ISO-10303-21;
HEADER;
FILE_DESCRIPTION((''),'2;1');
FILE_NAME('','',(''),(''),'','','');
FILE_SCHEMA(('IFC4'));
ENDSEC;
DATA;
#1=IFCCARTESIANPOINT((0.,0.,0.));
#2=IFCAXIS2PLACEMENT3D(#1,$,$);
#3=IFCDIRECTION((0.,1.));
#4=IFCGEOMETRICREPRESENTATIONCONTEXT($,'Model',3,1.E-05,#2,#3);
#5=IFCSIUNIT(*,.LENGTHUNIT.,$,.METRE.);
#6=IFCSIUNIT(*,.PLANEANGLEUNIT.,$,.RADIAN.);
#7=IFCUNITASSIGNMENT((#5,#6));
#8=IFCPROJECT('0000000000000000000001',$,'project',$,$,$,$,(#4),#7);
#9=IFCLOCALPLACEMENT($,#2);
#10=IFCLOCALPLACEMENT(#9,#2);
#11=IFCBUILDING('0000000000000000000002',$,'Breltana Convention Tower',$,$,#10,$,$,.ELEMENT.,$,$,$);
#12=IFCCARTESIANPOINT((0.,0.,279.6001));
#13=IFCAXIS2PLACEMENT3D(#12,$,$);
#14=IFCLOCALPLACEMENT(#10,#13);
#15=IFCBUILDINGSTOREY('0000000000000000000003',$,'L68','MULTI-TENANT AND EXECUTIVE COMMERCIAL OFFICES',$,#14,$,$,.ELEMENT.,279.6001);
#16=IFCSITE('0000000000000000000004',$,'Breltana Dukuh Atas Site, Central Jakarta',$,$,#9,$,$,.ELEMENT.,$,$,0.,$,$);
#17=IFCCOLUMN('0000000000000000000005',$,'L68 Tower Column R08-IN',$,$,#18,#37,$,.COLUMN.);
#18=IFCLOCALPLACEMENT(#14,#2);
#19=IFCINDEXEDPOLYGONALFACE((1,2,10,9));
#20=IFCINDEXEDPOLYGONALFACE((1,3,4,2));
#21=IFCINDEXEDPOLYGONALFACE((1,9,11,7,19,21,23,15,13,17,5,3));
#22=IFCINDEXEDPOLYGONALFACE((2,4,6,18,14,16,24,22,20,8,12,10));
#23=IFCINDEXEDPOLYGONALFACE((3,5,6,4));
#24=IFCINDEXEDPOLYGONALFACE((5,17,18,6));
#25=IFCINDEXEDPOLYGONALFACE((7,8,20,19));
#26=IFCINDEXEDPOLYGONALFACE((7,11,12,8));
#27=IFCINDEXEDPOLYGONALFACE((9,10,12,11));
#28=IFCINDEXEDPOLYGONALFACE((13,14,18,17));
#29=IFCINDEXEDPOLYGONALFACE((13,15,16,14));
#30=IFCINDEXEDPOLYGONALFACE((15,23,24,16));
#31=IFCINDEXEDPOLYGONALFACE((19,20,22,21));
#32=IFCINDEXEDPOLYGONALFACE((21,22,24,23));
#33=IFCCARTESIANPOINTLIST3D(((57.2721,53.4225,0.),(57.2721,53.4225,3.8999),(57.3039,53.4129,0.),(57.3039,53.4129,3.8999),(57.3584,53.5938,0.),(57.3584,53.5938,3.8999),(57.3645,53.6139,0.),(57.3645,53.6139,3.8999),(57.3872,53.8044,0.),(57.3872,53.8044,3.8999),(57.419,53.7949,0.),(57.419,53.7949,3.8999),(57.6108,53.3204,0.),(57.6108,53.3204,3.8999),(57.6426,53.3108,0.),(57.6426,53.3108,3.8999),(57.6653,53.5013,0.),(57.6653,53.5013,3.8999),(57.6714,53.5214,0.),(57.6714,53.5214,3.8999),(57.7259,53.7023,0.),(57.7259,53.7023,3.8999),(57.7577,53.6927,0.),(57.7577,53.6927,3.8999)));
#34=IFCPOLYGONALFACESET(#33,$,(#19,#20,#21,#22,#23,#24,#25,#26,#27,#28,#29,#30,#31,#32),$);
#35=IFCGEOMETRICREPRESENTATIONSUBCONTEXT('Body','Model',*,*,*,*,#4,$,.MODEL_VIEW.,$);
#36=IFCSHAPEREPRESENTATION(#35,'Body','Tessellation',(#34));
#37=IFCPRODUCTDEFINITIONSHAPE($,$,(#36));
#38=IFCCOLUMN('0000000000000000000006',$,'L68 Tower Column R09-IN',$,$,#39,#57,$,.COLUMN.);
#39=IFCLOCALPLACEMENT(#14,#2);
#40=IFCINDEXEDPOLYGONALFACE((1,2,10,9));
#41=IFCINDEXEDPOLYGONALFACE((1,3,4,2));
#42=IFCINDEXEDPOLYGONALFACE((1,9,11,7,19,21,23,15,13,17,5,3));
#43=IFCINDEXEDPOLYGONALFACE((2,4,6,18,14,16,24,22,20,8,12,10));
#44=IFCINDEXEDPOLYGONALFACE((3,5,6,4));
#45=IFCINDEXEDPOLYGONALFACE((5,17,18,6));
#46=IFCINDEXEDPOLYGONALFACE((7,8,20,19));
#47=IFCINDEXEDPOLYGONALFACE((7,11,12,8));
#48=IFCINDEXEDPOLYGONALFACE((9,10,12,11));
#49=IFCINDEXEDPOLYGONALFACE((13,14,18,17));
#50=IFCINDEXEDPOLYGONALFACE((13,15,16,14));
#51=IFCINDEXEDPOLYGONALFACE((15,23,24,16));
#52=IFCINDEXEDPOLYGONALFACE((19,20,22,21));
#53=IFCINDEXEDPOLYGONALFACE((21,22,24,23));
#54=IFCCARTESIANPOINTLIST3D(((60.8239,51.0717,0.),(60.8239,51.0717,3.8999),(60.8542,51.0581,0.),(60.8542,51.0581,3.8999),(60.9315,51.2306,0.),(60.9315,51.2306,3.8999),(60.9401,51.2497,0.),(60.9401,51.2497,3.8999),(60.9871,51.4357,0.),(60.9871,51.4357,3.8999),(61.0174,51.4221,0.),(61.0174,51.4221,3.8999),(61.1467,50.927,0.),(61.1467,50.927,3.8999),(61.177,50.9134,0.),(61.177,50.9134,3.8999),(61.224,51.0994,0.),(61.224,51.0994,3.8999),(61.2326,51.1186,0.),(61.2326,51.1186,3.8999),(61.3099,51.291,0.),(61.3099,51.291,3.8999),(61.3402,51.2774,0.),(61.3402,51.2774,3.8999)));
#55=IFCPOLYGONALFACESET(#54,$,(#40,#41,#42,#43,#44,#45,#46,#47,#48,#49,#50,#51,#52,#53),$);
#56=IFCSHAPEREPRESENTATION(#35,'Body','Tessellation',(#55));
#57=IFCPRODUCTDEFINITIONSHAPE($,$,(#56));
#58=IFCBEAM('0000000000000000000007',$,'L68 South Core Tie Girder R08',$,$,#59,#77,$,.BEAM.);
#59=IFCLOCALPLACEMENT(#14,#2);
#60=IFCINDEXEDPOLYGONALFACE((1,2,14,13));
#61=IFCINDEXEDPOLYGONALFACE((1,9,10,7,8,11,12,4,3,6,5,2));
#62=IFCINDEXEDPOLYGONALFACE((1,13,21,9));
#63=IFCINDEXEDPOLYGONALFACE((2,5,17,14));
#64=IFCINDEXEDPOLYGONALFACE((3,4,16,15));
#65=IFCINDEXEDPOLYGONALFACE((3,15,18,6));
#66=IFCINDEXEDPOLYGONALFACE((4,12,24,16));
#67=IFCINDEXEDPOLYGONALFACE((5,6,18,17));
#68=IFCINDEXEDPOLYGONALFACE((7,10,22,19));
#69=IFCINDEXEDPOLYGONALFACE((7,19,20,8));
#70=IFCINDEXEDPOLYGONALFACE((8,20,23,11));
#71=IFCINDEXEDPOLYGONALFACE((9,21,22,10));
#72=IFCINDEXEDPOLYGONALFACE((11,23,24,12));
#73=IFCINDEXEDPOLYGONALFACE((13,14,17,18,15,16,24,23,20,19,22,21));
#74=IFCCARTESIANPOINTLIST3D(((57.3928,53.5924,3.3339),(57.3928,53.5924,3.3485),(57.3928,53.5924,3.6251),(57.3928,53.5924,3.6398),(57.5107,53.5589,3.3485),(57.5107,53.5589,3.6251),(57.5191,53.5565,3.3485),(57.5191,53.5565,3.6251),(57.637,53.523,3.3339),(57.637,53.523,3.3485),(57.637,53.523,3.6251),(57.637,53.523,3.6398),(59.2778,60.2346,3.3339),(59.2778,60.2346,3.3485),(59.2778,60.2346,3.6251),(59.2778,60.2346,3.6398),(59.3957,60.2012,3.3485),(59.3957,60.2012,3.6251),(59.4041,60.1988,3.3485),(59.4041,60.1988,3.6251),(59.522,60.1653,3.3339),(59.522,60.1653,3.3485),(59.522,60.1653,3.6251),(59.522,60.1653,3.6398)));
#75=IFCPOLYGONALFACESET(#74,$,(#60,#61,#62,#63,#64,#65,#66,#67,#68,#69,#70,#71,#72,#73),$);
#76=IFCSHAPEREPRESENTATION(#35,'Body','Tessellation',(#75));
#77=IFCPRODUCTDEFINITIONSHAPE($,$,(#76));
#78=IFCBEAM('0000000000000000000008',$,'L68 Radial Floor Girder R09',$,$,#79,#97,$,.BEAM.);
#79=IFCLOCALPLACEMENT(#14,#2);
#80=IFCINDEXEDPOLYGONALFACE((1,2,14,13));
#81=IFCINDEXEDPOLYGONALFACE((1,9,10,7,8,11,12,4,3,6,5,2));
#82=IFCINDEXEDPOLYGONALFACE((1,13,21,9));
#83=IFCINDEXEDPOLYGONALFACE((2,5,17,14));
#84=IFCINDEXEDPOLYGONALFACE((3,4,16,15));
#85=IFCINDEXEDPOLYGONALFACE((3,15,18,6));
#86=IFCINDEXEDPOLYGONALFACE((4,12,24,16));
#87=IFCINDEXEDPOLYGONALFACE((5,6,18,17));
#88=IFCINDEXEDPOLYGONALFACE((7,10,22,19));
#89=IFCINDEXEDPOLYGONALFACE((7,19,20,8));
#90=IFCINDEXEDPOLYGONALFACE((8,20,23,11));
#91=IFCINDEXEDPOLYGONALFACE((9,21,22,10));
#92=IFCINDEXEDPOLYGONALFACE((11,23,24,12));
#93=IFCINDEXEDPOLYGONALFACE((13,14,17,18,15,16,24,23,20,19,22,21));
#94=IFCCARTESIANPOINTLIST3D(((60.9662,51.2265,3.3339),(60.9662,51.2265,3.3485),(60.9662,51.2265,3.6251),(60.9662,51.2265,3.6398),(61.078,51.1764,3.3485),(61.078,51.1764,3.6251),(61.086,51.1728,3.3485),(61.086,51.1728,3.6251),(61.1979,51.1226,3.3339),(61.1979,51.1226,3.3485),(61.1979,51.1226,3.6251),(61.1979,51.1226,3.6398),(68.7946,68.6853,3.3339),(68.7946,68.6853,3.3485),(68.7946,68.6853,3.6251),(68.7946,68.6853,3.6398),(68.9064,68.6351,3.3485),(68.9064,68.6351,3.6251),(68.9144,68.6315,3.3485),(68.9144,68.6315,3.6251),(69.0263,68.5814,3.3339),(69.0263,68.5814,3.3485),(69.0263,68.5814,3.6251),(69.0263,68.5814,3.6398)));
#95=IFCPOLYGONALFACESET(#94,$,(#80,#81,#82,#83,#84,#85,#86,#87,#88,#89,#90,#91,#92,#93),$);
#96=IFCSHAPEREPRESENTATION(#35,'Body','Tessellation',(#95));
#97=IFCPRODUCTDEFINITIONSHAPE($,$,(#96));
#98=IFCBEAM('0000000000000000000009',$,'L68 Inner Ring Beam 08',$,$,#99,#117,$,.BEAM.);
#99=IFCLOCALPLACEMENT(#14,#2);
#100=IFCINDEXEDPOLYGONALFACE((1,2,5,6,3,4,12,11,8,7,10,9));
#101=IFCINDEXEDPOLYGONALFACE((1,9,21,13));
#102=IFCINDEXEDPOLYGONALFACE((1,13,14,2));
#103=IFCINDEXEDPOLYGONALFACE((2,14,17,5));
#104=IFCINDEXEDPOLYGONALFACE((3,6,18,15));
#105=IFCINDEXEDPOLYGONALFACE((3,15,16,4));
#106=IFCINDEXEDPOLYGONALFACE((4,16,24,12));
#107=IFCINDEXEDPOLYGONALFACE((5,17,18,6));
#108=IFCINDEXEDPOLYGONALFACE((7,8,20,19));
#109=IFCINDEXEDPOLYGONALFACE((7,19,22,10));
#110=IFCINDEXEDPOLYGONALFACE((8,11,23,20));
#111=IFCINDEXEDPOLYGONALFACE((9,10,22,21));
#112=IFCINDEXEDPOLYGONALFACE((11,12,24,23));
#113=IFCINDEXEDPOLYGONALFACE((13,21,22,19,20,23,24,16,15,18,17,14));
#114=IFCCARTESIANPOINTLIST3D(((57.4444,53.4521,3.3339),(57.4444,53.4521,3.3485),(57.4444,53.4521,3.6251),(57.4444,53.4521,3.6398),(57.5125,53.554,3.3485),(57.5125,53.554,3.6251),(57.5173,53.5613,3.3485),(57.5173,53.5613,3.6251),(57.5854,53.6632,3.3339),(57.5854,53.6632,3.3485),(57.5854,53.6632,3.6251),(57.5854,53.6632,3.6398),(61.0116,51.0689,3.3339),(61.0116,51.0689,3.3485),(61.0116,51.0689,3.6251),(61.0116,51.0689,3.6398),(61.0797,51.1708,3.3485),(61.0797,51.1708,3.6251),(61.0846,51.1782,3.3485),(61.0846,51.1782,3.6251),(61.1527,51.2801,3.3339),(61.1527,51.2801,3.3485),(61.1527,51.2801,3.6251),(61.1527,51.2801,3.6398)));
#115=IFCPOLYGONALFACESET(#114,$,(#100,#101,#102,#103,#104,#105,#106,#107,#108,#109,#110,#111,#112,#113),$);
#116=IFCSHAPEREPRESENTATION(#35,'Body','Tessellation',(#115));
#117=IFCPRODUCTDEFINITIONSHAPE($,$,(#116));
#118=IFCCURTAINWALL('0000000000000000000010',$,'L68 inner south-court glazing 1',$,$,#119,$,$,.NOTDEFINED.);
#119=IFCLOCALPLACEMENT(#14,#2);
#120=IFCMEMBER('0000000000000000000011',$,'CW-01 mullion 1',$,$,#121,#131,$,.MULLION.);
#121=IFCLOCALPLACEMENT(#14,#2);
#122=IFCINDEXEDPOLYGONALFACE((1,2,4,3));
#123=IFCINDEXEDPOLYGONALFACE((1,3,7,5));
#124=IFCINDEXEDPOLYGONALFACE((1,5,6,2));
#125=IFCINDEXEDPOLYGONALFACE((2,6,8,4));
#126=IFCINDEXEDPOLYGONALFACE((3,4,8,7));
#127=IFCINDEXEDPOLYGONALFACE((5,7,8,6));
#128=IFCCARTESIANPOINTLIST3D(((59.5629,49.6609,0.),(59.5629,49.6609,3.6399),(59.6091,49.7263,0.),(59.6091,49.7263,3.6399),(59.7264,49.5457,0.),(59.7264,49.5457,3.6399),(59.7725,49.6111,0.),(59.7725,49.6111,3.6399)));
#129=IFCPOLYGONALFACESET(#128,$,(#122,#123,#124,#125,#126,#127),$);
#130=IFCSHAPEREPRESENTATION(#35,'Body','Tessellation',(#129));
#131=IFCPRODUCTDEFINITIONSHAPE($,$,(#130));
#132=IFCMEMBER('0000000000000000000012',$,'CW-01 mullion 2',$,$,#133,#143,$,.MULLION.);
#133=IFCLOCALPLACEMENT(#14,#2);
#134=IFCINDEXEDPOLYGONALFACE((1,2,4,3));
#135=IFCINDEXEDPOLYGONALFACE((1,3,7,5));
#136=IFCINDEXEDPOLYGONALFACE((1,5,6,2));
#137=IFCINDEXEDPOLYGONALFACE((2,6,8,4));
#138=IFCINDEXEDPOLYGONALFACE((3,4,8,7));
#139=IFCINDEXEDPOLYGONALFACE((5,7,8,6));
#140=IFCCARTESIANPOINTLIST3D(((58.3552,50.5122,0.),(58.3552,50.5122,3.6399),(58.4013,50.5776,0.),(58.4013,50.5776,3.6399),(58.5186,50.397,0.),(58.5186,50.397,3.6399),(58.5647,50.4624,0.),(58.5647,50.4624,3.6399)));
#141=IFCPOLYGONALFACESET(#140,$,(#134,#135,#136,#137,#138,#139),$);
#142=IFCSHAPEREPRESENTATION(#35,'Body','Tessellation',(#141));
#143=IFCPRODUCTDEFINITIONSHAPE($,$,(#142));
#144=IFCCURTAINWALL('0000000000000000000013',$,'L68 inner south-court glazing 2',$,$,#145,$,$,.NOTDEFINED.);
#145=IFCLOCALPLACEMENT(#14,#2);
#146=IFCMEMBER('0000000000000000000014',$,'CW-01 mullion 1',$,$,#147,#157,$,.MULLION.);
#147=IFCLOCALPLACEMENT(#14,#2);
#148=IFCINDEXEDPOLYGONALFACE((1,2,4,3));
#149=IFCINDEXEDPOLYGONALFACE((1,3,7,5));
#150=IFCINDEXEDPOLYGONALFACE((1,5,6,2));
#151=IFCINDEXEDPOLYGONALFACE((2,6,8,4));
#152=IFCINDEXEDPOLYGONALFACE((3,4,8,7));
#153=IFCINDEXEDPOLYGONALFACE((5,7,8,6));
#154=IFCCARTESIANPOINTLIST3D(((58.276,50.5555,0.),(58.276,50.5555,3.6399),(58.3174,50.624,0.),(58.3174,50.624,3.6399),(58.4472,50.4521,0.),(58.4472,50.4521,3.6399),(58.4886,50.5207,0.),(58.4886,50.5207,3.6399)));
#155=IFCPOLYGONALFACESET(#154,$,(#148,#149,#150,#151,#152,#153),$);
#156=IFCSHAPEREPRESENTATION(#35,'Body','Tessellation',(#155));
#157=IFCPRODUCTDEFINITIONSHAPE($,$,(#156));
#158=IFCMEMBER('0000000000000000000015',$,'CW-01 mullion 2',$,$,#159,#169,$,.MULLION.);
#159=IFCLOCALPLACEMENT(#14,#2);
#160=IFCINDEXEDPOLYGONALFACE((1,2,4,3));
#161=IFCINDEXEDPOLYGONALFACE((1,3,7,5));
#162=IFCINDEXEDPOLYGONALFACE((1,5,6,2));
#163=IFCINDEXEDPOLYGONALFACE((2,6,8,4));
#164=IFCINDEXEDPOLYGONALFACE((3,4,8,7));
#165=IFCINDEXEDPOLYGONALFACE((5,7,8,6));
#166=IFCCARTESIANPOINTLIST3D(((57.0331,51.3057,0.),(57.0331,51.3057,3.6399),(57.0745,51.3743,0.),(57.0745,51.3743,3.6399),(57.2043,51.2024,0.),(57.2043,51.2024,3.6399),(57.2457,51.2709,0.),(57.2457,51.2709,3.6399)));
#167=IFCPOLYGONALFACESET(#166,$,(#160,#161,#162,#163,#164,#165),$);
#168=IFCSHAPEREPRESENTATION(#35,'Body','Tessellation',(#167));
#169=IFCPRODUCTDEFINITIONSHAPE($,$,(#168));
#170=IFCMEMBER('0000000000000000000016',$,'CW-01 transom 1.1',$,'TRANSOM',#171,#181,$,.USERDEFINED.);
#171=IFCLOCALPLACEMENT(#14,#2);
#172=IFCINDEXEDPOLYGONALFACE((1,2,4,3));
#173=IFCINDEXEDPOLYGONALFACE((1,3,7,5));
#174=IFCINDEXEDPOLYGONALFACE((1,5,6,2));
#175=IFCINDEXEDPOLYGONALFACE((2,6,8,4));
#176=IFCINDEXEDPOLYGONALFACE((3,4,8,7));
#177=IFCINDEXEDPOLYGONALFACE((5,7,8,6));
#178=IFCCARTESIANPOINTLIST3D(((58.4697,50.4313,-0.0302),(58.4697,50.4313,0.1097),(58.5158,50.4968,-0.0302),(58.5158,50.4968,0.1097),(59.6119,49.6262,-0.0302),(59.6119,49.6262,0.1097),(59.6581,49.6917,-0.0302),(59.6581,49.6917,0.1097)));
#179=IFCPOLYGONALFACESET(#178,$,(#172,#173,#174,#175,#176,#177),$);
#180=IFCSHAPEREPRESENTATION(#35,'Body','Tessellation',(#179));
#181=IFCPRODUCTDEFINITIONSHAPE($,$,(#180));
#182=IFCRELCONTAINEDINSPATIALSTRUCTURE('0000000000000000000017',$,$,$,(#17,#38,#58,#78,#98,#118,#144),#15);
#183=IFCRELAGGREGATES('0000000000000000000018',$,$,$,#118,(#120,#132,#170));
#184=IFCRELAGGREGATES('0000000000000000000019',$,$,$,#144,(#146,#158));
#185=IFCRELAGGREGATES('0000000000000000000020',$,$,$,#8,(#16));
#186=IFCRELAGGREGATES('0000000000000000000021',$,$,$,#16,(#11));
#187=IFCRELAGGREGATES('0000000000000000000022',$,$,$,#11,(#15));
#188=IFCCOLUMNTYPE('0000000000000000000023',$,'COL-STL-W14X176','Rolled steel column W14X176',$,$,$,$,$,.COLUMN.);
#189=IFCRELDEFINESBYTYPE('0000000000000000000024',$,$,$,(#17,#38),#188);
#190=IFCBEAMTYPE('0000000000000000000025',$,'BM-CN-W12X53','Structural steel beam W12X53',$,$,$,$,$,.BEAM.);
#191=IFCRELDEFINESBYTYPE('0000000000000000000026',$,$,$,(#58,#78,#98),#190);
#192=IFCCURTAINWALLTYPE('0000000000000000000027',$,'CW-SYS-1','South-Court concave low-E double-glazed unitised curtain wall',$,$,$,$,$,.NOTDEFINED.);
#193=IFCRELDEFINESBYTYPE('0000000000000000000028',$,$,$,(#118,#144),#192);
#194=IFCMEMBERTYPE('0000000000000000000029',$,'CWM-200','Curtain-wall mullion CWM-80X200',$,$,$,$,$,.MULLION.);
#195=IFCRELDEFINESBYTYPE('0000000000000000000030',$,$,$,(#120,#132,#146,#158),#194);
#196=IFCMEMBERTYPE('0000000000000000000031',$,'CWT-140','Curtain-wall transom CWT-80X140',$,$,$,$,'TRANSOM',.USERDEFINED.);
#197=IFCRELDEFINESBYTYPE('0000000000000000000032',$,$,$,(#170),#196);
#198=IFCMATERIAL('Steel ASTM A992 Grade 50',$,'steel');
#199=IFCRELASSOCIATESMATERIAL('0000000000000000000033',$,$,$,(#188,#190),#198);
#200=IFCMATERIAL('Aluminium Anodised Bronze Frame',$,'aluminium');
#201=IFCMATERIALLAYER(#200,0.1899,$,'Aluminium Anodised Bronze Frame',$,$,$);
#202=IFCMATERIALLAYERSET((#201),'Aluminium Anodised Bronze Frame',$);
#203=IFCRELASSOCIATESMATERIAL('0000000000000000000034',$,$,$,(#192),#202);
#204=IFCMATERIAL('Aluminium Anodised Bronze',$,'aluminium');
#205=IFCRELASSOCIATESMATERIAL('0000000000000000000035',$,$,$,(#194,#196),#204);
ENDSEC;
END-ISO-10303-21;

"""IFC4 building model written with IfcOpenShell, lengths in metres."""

from ifc_helpers import new_model, si_unit, direction, frame, origin, origin_2d, place, context, subcontext, project, spatial, rectangle, i_section, extrude, source, transform, mapped, material, layer, layer_set, material_profile, profile_set, type_object, type_shapes, element, aggregate, save


model = new_model("IFC4")

# Units and contexts
model_context = context("Model", 3, precision=1e-05, world=origin(), true_north=direction((0.0, 1.0)))
body_context = subcontext(model_context, "Body", "Model", "MODEL_VIEW")
ifc_project = project(units=[si_unit("LENGTHUNIT", "METRE"), si_unit("PLANEANGLEUNIT", "RADIAN")], contexts=[model_context])

# Site, building, storey
site_placement = place(None, origin())
site = spatial("IfcSite", under=ifc_project, at=site_placement, Name="Breltana Dukuh Atas Site, Central Jakarta", CompositionType="ELEMENT", RefElevation=0.0)
building_placement = place(site_placement, origin())
building = spatial("IfcBuilding", under=site, at=building_placement, Name="Breltana Convention Tower", CompositionType="ELEMENT")
storey_placement = place(building_placement, frame((0.0, 0.0, 279.6001)))
storey = spatial("IfcBuildingStorey", under=building, at=storey_placement, Name="L68", Description="MULTI-TENANT AND EXECUTIVE COMMERCIAL OFFICES", CompositionType="ELEMENT", Elevation=279.6001)

# Columns
ifc_material_1 = material(Name="Steel ASTM A992 Grade 50", Category="steel")
ifc_material_profile_1 = material_profile(ifc_material_1, i_section(OverallWidth=0.3989, OverallDepth=0.387, WebThickness=0.021, FlangeThickness=0.0332, at=origin_2d()), Name="W14X176")
ifc_profile_set_1 = profile_set([ifc_material_profile_1], Name="Steel ASTM A992 Grade 50")
column_type = type_object("IfcColumnType", Name="COL-STL-W14X176", Description="Rolled steel column W14X176", PredefinedType="COLUMN", material=ifc_profile_set_1)
shared_shape_1 = source(origin(), body_context, "Body", "SweptSolid", [
    extrude(i_section(OverallWidth=0.3989, OverallDepth=0.387, WebThickness=0.021, FlangeThickness=0.0332, at=origin_2d()), origin(), (0.0, 0.0, 1.0), 3.8999),
])
type_shapes(column_type, [shared_shape_1])
for number, where, z_axis, x_axis, name in (
    (1, (57.5149, 53.5576, 0.0), (0.0, 0.0, 1.0), (0.288698, 0.95742, 0.0), "L68 Tower Column R08-IN"),
    (2, (61.082, 51.1746, 0.0), (0.0, 0.0, 1.0), (0.409127, 0.912477, 0.0), "L68 Tower Column R09-IN"),
):
    element("IfcColumn", number, at=place(storey_placement, frame(where, z_axis=z_axis, x_axis=x_axis)), inside=storey, type_object=column_type, Name=name, PredefinedType="COLUMN", context=body_context, shape_type="MappedRepresentation", body=[
        mapped(shared_shape_1, transform((0.0, 0.0, 0.0), scale=1.0)),
    ])

# Beams
ifc_material_profile_2 = material_profile(ifc_material_1, i_section(OverallWidth=0.2539, OverallDepth=0.3059, WebThickness=0.0088, FlangeThickness=0.0146, at=origin_2d()), Name="W12X53")
ifc_profile_set_2 = profile_set([ifc_material_profile_2], Name="Steel ASTM A992 Grade 50")
beam_type = type_object("IfcBeamType", Name="BM-CN-W12X53", Description="Structural steel beam W12X53", PredefinedType="BEAM", material=ifc_profile_set_2)
shared_shape_2 = source(origin(), body_context, "Body", "SweptSolid", [
    extrude(i_section(OverallWidth=0.2539, OverallDepth=0.3059, WebThickness=0.0088, FlangeThickness=0.0146, at=origin_2d()), origin(), (0.0, 0.0, 1.0), 6.9045),
])
beam_1_placement = place(storey_placement, frame((59.3999, 60.2, 3.4868), z_axis=(-0.273007, -0.962012, 0.0), x_axis=(0.962012, -0.273007, 0.0)))
element("IfcBeam", 3, at=beam_1_placement, inside=storey, type_object=beam_type, Name="L68 South Core Tie Girder R08", PredefinedType="BEAM", context=body_context, shape_type="MappedRepresentation", body=[
    mapped(shared_shape_2, transform((0.0, 0.0, 0.0), scale=1.0)),
])
shared_shape_3 = source(origin(), body_context, "Body", "SweptSolid", [
    extrude(i_section(OverallWidth=0.2539, OverallDepth=0.3059, WebThickness=0.0088, FlangeThickness=0.0146, at=origin_2d()), origin(), (0.0, 0.0, 1.0), 19.1335),
])
beam_2_placement = place(storey_placement, frame((61.082, 51.1746, 3.4868), z_axis=(0.409145, 0.91247, 0.0), x_axis=(-0.91247, 0.409145, 0.0)))
element("IfcBeam", 4, at=beam_2_placement, inside=storey, type_object=beam_type, Name="L68 Radial Floor Girder R09", PredefinedType="BEAM", context=body_context, shape_type="MappedRepresentation", body=[
    mapped(shared_shape_3, transform((0.0, 0.0, 0.0), scale=1.0)),
])
shared_shape_4 = source(origin(), body_context, "Body", "SweptSolid", [
    extrude(i_section(OverallWidth=0.2539, OverallDepth=0.3059, WebThickness=0.0088, FlangeThickness=0.0146, at=origin_2d()), origin(), (0.0, 0.0, 1.0), 4.29),
])
beam_3_placement = place(storey_placement, frame((57.5149, 53.5576, 3.4868), z_axis=(0.831516, -0.555501, 0.0), x_axis=(0.555501, 0.831516, 0.0)))
element("IfcBeam", 5, at=beam_3_placement, inside=storey, type_object=beam_type, Name="L68 Inner Ring Beam 08", PredefinedType="BEAM", context=body_context, shape_type="MappedRepresentation", body=[
    mapped(shared_shape_4, transform((0.0, 0.0, 0.0), scale=1.0)),
])

# Curtain walls, members
ifc_material_2 = material(Name="Aluminium Anodised Bronze Frame", Category="aluminium")
ifc_layer_1 = layer(ifc_material_2, 0.1899, Name="Aluminium Anodised Bronze Frame")
ifc_layer_set_1 = layer_set([ifc_layer_1], Name="Aluminium Anodised Bronze Frame")
curtain_wall_type = type_object("IfcCurtainWallType", Name="CW-SYS-1", Description="South-Court concave low-E double-glazed unitised curtain wall", PredefinedType="NOTDEFINED", material=ifc_layer_set_1)
curtain_wall_1_placement = place(storey_placement, origin())
curtain_wall_1 = element("IfcCurtainWall", 6, at=curtain_wall_1_placement, inside=storey, type_object=curtain_wall_type, Name="L68 inner south-court glazing 1", PredefinedType="NOTDEFINED")
ifc_material_3 = material(Name="Aluminium Anodised Bronze", Category="aluminium")
ifc_material_profile_3 = material_profile(ifc_material_3, rectangle(XDim=0.0801, YDim=0.2, at=origin_2d()), Name="CWM-80X200")
ifc_profile_set_3 = profile_set([ifc_material_profile_3], Name="Aluminium Anodised Bronze")
member_type_1 = type_object("IfcMemberType", Name="CWM-200", Description="Curtain-wall mullion CWM-80X200", PredefinedType="MULLION", material=ifc_profile_set_3)
shared_shape_5 = source(origin(), body_context, "Body", "SweptSolid", [
    extrude(rectangle(XDim=0.0801, YDim=0.2, at=origin_2d()), origin(), (0.0, 0.0, 1.0), 3.6399),
])
member_1_placement = place(storey_placement, frame((59.6677, 49.636, 0.0), z_axis=(0.0, 0.0, 1.0), x_axis=(-0.576174, -0.817327, 0.0)))
member_1 = element("IfcMember", 7, at=member_1_placement, type_object=member_type_1, Name="CW-01 mullion 1", PredefinedType="MULLION", context=body_context, shape_type="MappedRepresentation", body=[
    mapped(shared_shape_5, transform((0.0, 0.0, 0.0), scale=1.0)),
])
member_2_placement = place(storey_placement, frame((58.46, 50.4873, 0.0), z_axis=(0.0, 0.0, 1.0), x_axis=(-0.576174, -0.817327, 0.0)))
member_2 = element("IfcMember", 8, at=member_2_placement, type_object=member_type_1, Name="CW-01 mullion 2", PredefinedType="MULLION", context=body_context, shape_type="MappedRepresentation", body=[
    mapped(shared_shape_5, transform((0.0, 0.0, 0.0), scale=1.0)),
])
curtain_wall_2_placement = place(storey_placement, origin())
curtain_wall_2 = element("IfcCurtainWall", 9, at=curtain_wall_2_placement, inside=storey, type_object=curtain_wall_type, Name="L68 inner south-court glazing 2", PredefinedType="NOTDEFINED")
member_3_placement = place(storey_placement, frame((58.3823, 50.5381, 0.0), z_axis=(0.0, 0.0, 1.0), x_axis=(-0.516827, -0.85609, 0.0)))
member_3 = element("IfcMember", 10, at=member_3_placement, type_object=member_type_1, Name="CW-01 mullion 1", PredefinedType="MULLION", context=body_context, shape_type="MappedRepresentation", body=[
    mapped(shared_shape_5, transform((0.0, 0.0, 0.0), scale=1.0)),
])
member_4_placement = place(storey_placement, frame((57.1394, 51.2883, 0.0), z_axis=(0.0, 0.0, 1.0), x_axis=(-0.516827, -0.85609, 0.0)))
member_4 = element("IfcMember", 11, at=member_4_placement, type_object=member_type_1, Name="CW-01 mullion 2", PredefinedType="MULLION", context=body_context, shape_type="MappedRepresentation", body=[
    mapped(shared_shape_5, transform((0.0, 0.0, 0.0), scale=1.0)),
])

# Member
ifc_material_profile_4 = material_profile(ifc_material_3, rectangle(XDim=0.0801, YDim=0.1399, at=origin_2d()), Name="CWT-80X140")
ifc_profile_set_4 = profile_set([ifc_material_profile_4], Name="Aluminium Anodised Bronze")
member_type_2 = type_object("IfcMemberType", Name="CWT-140", Description="Curtain-wall transom CWT-80X140", ElementType="TRANSOM", PredefinedType="USERDEFINED", material=ifc_profile_set_4)
shared_shape_6 = source(origin(), body_context, "Body", "SweptSolid", [
    extrude(rectangle(XDim=0.0801, YDim=0.1399, at=origin_2d()), origin(), (0.0, 0.0, 1.0), 1.3975),
])
member_5_placement = place(storey_placement, frame((59.635, 49.6589, 0.0398), z_axis=(-0.817365, 0.576121, 0.0), x_axis=(-0.576121, -0.817365, 0.0)))
member_5 = element("IfcMember", 12, at=member_5_placement, type_object=member_type_2, Name="CW-01 transom 1.1", ObjectType="TRANSOM", PredefinedType="USERDEFINED", context=body_context, shape_type="MappedRepresentation", body=[
    mapped(shared_shape_6, transform((0.0, 0.0, 0.0), scale=1.0)),
])

aggregate(curtain_wall_1, [member_1, member_2, member_5])
aggregate(curtain_wall_2, [member_3, member_4])

save(model, "model.ifc")
